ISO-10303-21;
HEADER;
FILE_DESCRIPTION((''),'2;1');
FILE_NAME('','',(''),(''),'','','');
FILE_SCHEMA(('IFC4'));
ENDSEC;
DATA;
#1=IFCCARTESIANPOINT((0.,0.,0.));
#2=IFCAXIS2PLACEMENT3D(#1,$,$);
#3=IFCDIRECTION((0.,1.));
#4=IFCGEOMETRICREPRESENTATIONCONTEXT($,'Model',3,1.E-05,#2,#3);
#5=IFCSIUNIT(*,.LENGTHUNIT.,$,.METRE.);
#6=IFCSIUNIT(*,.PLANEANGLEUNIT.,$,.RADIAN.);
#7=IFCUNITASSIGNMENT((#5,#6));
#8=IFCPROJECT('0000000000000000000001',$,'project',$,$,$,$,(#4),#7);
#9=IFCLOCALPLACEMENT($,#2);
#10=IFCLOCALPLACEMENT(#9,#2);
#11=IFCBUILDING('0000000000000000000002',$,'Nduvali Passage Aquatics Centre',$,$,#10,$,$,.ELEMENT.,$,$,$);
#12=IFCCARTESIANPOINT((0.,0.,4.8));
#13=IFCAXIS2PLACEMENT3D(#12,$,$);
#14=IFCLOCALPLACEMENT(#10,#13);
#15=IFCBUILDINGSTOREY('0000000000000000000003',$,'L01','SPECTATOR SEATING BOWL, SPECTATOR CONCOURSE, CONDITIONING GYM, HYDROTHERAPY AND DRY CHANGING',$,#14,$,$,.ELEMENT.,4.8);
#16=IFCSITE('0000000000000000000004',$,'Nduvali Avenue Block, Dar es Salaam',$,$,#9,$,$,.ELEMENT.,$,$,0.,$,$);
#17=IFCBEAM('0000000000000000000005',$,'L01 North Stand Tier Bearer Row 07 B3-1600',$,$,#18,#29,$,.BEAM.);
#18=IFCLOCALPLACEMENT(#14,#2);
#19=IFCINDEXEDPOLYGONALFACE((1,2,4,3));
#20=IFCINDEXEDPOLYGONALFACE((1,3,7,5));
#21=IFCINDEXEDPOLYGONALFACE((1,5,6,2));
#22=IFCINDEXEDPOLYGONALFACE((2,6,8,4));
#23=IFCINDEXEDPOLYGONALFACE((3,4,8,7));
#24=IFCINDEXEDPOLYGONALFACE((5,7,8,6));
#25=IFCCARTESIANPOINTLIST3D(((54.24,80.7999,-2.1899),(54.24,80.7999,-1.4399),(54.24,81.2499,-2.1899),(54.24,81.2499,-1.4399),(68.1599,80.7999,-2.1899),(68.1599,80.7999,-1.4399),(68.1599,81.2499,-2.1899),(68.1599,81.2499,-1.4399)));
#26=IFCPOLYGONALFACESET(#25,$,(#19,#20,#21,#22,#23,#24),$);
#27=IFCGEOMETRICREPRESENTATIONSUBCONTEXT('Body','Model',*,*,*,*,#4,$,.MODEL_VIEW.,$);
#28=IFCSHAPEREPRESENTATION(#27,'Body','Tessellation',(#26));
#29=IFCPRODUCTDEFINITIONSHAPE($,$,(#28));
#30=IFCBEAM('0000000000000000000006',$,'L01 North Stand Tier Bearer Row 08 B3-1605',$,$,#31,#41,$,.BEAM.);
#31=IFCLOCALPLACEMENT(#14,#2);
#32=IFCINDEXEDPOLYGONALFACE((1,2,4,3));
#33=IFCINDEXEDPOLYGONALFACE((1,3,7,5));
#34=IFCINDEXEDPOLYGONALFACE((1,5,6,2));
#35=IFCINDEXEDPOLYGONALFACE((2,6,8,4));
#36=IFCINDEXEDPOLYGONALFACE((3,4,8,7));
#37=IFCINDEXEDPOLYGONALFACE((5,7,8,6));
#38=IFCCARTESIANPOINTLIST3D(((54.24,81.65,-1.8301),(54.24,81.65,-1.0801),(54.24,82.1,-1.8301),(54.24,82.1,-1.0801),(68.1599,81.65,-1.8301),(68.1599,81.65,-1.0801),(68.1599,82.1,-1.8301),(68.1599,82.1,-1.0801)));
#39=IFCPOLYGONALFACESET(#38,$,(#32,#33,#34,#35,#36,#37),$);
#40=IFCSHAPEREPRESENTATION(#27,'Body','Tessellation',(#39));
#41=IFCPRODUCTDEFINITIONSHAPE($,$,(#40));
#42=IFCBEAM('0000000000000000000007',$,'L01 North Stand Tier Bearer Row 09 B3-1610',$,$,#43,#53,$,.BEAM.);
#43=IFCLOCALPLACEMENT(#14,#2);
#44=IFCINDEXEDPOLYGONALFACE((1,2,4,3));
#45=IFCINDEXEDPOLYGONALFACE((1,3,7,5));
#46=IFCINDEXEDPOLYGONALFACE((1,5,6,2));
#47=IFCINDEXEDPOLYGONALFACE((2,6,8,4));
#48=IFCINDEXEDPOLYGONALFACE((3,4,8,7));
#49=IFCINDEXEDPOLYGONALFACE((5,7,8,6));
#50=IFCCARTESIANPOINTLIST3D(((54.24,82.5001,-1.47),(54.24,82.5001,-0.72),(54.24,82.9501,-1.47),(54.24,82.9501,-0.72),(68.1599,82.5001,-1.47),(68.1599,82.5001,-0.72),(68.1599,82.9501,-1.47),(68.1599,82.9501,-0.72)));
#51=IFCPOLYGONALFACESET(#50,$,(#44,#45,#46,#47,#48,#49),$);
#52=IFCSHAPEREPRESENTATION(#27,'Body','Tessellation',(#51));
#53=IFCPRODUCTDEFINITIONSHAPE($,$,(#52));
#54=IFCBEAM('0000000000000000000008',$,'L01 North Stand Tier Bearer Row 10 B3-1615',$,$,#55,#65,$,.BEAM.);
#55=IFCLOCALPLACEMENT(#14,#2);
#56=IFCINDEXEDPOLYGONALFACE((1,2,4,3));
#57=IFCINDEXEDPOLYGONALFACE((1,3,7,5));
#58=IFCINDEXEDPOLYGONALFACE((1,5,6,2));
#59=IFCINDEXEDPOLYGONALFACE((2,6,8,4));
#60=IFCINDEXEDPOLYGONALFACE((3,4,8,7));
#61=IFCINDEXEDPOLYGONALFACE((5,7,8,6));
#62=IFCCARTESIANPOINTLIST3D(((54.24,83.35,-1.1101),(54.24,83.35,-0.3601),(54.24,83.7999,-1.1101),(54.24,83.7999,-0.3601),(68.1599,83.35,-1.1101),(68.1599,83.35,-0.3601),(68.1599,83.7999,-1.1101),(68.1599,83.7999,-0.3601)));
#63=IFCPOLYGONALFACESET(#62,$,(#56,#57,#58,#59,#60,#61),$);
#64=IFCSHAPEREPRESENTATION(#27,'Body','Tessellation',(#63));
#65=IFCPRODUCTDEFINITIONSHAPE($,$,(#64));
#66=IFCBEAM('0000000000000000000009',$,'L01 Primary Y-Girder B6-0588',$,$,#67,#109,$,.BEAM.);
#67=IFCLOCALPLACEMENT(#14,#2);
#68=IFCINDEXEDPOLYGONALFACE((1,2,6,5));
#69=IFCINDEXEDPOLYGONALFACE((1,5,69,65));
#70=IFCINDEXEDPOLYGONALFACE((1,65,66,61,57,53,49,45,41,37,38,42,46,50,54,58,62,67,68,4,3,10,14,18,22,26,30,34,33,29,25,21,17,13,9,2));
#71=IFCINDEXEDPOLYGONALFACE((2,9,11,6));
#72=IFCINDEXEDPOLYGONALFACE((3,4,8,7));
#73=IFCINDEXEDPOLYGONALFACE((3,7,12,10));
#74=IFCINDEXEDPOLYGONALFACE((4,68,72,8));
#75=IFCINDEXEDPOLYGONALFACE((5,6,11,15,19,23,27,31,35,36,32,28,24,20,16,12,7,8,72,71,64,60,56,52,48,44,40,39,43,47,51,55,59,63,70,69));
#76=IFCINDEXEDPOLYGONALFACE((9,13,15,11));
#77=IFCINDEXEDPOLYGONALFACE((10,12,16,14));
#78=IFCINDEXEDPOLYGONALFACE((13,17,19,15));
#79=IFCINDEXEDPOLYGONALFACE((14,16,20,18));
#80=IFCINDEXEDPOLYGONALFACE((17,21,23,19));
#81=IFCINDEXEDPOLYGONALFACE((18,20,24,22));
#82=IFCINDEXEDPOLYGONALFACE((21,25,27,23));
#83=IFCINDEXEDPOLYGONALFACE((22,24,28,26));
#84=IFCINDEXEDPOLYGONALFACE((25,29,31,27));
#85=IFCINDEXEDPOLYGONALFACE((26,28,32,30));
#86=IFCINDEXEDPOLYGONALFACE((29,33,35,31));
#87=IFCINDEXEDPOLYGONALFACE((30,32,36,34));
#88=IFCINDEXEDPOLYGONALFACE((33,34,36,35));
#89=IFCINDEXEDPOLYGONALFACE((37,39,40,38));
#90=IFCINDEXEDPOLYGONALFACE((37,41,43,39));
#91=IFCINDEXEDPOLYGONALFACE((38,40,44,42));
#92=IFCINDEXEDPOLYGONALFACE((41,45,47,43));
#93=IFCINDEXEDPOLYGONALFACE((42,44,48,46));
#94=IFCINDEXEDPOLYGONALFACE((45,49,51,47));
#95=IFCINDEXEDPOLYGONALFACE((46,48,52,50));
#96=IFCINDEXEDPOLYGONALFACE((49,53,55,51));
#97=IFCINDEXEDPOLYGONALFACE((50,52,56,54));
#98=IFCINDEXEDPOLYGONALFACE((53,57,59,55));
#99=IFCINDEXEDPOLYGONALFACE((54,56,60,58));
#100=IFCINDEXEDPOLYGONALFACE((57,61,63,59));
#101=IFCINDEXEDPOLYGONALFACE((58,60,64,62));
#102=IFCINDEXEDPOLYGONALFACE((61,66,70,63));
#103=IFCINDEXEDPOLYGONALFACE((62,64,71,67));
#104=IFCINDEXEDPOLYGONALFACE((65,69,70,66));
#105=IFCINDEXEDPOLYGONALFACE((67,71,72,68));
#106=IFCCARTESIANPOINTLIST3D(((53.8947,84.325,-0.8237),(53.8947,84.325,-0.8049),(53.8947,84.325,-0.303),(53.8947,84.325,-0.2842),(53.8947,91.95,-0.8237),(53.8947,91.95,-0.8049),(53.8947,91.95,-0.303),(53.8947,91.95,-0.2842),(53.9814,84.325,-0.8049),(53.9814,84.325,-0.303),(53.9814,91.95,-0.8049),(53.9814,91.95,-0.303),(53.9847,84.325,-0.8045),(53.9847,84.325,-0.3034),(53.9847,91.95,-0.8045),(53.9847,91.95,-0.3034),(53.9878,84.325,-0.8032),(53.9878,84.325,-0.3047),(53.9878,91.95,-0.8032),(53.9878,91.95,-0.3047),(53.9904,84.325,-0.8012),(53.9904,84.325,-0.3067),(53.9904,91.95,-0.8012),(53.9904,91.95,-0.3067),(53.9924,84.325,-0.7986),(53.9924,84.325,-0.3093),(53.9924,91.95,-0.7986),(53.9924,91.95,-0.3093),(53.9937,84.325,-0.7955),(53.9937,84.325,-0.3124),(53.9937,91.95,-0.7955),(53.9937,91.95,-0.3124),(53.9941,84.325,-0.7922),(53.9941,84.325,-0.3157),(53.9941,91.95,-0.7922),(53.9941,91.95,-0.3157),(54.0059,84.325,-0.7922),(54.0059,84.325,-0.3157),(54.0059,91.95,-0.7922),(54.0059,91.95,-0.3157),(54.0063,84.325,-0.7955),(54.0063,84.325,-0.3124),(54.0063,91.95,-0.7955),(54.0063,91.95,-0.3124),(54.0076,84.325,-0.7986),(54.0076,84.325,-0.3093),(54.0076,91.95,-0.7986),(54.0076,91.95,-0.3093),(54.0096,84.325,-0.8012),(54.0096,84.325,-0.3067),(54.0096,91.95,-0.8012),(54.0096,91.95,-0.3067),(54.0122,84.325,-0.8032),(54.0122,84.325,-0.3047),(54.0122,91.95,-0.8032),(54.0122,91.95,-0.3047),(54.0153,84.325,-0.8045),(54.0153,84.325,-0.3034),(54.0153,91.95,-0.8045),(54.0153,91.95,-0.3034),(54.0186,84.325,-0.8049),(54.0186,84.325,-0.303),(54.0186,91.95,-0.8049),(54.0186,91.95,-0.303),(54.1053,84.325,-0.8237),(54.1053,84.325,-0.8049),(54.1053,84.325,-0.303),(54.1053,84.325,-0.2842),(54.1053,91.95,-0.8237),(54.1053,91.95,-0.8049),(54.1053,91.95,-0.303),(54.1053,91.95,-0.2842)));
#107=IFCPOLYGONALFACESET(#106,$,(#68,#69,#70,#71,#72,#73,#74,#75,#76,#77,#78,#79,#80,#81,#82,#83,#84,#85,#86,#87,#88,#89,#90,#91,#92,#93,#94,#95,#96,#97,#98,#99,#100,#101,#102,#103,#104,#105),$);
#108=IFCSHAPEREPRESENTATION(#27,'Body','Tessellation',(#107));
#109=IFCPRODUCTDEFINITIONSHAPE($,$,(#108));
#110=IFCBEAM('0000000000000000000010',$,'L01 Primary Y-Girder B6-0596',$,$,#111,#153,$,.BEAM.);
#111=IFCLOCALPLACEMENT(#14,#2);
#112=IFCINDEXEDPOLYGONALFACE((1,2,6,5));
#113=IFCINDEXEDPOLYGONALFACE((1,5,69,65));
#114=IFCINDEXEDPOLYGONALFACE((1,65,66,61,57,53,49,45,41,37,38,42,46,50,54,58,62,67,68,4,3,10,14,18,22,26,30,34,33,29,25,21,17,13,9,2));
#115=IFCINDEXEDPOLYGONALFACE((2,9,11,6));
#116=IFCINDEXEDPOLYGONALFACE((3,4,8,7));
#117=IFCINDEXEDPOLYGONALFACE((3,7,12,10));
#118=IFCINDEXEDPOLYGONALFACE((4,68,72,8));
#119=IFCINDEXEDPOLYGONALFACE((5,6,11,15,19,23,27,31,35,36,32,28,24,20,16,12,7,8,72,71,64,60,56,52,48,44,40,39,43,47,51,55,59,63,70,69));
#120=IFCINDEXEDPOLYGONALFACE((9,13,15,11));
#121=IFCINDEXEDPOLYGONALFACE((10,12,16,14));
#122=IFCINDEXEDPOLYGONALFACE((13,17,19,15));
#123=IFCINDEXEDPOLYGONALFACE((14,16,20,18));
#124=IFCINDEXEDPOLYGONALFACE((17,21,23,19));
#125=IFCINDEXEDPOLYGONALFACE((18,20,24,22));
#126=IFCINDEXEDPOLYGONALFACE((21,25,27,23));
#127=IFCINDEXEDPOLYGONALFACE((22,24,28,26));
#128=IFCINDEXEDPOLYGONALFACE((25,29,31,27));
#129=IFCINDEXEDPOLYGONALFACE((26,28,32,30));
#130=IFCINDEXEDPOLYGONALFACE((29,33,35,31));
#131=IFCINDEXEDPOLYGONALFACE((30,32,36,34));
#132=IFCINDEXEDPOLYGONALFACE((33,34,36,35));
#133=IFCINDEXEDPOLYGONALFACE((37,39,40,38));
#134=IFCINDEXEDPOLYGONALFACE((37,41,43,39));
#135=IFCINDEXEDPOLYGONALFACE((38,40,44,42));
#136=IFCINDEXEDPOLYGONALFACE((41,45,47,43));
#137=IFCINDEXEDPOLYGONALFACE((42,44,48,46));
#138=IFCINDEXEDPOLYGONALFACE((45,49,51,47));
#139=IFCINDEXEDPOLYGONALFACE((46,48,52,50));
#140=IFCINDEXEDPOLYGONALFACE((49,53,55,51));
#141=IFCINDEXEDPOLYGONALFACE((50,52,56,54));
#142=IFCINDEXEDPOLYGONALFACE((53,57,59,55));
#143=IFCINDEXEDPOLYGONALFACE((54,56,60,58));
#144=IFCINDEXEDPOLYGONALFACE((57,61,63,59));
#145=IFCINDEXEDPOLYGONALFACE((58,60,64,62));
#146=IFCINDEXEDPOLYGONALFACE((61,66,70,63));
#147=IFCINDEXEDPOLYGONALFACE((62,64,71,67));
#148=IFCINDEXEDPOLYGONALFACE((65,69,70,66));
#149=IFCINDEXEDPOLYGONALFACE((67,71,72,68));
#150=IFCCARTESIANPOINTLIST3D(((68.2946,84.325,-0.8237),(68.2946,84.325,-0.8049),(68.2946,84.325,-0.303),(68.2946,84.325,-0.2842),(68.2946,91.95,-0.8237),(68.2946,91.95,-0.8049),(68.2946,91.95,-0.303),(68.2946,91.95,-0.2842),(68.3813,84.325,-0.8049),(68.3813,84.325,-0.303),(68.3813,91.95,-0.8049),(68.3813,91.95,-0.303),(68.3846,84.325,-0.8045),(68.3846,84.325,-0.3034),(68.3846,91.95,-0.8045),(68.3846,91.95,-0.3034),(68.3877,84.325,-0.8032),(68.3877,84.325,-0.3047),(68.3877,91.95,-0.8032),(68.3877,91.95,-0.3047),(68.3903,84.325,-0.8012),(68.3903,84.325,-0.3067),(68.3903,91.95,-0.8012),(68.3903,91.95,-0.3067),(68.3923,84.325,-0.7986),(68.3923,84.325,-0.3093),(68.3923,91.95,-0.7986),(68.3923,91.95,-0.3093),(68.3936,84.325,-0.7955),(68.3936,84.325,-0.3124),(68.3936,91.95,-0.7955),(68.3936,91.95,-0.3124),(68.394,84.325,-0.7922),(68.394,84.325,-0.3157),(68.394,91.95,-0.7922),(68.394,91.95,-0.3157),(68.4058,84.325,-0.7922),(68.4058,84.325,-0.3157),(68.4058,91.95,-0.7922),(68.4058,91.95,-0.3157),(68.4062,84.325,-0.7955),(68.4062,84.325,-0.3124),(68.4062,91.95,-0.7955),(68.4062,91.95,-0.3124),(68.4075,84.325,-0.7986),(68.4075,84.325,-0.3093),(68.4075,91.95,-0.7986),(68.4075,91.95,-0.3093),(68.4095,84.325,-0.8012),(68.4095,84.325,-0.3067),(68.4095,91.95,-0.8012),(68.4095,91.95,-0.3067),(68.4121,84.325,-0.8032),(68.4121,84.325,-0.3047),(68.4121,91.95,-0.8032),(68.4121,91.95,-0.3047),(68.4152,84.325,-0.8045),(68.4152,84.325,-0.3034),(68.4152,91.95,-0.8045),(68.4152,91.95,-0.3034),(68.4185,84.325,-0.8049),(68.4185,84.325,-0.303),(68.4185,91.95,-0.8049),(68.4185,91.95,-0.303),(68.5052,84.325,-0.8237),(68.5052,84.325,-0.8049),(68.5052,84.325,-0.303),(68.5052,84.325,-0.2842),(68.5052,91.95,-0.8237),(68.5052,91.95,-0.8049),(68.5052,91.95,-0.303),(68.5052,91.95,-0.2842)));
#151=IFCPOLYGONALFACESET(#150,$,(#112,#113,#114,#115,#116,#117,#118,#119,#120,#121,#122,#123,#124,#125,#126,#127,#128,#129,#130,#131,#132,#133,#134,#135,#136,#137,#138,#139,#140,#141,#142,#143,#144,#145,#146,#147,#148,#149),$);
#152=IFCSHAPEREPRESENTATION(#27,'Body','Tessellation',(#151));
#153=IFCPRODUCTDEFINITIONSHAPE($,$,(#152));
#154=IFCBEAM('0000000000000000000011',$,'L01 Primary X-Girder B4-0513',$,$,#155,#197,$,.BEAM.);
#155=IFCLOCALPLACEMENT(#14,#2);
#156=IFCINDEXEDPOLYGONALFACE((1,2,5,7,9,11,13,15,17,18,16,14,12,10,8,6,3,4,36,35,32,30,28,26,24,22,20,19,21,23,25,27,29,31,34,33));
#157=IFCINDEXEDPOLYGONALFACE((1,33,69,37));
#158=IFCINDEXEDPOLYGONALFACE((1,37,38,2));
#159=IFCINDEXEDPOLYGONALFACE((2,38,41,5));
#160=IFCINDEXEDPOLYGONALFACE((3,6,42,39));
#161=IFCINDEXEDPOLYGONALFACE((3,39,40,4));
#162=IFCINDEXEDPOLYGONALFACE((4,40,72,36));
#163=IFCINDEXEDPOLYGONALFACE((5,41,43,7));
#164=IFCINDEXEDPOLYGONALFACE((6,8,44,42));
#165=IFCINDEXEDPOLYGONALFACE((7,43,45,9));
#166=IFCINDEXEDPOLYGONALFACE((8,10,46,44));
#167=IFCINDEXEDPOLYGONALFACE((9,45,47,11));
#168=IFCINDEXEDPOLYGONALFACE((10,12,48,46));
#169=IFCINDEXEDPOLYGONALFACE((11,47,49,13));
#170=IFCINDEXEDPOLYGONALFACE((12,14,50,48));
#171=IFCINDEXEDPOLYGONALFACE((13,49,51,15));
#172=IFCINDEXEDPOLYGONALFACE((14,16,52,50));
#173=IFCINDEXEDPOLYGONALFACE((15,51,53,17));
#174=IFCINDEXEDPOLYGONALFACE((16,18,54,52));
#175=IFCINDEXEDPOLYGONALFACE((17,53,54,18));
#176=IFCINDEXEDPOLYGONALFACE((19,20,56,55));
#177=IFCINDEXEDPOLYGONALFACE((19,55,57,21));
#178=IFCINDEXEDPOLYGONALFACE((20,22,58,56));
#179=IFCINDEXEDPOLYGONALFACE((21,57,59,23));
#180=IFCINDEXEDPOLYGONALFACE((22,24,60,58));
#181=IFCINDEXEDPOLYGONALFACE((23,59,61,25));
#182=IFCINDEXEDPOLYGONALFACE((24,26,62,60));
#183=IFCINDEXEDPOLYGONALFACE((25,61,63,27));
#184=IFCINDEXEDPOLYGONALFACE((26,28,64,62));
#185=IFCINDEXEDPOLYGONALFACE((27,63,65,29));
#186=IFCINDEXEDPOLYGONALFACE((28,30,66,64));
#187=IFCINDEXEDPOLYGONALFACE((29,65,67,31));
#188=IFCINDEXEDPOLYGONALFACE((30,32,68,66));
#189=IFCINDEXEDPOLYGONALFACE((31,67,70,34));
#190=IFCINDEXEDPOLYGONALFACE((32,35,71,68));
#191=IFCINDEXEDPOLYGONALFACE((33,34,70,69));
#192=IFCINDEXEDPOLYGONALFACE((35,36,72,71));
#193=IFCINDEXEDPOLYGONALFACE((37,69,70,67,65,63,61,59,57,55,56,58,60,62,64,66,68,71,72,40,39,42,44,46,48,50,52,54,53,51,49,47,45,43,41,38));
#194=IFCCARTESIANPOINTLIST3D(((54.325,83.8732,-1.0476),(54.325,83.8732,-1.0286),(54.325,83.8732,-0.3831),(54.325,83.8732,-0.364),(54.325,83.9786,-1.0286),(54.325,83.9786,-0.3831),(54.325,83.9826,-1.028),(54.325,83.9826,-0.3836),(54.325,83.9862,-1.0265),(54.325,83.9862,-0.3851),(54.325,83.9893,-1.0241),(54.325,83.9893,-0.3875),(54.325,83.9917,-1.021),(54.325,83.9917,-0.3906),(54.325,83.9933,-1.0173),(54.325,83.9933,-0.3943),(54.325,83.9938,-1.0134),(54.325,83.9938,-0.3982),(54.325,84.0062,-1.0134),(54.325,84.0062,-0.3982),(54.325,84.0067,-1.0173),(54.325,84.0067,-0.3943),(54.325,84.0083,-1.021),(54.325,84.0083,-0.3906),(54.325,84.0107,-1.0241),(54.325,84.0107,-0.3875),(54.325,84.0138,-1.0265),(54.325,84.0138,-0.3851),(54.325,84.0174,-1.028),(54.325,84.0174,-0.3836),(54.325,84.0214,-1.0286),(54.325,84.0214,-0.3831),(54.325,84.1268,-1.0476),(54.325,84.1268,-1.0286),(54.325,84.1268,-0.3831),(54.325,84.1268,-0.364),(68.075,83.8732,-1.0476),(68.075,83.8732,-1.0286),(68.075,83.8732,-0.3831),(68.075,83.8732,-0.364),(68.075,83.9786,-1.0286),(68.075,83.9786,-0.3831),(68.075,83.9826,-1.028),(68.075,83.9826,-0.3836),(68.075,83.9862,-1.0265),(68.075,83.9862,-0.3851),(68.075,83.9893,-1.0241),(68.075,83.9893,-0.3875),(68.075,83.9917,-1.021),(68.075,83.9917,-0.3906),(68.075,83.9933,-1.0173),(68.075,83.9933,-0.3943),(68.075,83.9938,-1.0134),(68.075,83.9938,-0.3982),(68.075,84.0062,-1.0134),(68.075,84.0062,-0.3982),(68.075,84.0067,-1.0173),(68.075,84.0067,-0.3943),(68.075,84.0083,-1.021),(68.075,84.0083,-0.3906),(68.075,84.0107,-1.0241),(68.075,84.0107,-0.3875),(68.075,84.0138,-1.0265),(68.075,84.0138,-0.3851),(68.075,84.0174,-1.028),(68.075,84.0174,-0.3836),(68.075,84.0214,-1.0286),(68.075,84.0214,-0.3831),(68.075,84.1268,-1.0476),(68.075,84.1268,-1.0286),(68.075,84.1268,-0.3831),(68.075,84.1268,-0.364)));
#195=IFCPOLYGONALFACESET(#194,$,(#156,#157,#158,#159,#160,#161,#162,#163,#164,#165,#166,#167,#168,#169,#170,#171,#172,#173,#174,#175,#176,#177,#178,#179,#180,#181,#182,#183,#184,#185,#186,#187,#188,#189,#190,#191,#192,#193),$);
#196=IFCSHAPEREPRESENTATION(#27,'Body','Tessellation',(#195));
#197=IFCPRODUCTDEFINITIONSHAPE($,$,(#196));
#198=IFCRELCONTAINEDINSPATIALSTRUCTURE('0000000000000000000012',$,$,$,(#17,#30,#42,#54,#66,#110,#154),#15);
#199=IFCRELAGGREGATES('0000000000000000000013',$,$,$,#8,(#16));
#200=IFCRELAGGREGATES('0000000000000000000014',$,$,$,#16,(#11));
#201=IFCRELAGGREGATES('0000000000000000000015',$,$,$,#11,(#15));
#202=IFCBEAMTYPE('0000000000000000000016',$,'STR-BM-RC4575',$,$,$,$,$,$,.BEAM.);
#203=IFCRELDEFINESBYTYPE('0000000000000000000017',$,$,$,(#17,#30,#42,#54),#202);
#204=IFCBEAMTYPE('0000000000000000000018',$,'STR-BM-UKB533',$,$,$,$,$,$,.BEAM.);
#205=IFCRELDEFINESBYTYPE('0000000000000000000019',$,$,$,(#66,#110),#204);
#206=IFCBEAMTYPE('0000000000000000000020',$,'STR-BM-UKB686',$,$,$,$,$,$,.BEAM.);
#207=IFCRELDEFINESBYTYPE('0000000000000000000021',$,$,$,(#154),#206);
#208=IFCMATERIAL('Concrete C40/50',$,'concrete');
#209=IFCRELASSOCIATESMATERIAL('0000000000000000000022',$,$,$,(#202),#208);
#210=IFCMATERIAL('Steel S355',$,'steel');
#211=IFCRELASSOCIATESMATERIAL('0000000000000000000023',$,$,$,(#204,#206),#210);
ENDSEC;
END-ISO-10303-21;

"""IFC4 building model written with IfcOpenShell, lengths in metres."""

from ifc_helpers import new_model, si_unit, direction, frame, origin, origin_2d, place, context, subcontext, project, spatial, rectangle, i_section, extrude, material, material_profile, profile_set, type_object, element, save


model = new_model("IFC4")

# Units and contexts
model_context = context("Model", 3, precision=1e-05, world=origin(), true_north=direction((0.0, 1.0)))
body_context = subcontext(model_context, "Body", "Model", "MODEL_VIEW")
ifc_project = project(units=[si_unit("LENGTHUNIT", "METRE"), si_unit("PLANEANGLEUNIT", "RADIAN")], contexts=[model_context])

# Site, building, storey
site_placement = place(None, origin())
site = spatial("IfcSite", under=ifc_project, at=site_placement, Name="Nduvali Avenue Block, Dar es Salaam", CompositionType="ELEMENT", RefElevation=0.0)
building_placement = place(site_placement, origin())
building = spatial("IfcBuilding", under=site, at=building_placement, Name="Nduvali Passage Aquatics Centre", CompositionType="ELEMENT")
storey_placement = place(building_placement, frame((0.0, 0.0, 4.8)))
storey = spatial("IfcBuildingStorey", under=building, at=storey_placement, Name="L01", Description="SPECTATOR SEATING BOWL, SPECTATOR CONCOURSE, CONDITIONING GYM, HYDROTHERAPY AND DRY CHANGING", CompositionType="ELEMENT", Elevation=4.8)

# Shared definitions
ifc_material_1 = material(Name="Concrete C40/50", Category="concrete")
ifc_material_2 = material(Name="Steel S355", Category="steel")

# Beams
ifc_material_profile_1 = material_profile(ifc_material_1, rectangle(XDim=0.45, YDim=0.75, at=origin_2d()), Name="RC 450x750")
ifc_profile_set_1 = profile_set([ifc_material_profile_1], Name="Concrete C40/50")
beam_type_1 = type_object("IfcBeamType", Name="STR-BM-RC4575", PredefinedType="BEAM", material=ifc_profile_set_1)
for number, where, z_axis, x_axis, name in (
    (1, (54.24, 81.0249, -1.8149), (1.0, 0.0, 0.0), (0.0, 1.0, 0.0), "L01 North Stand Tier Bearer Row 07 B3-1600"),
    (2, (54.24, 81.875, -1.4551), (1.0, 0.0, 0.0), (0.0, 1.0, 0.0), "L01 North Stand Tier Bearer Row 08 B3-1605"),
    (3, (54.24, 82.7251, -1.095), (1.0, 0.0, 0.0), (0.0, 1.0, 0.0), "L01 North Stand Tier Bearer Row 09 B3-1610"),
    (4, (54.24, 83.575, -0.7351), (1.0, 0.0, 0.0), (0.0, 1.0, 0.0), "L01 North Stand Tier Bearer Row 10 B3-1615"),
):
    element("IfcBeam", number, at=place(storey_placement, frame(where, z_axis=z_axis, x_axis=x_axis)), inside=storey, type_object=beam_type_1, Name=name, PredefinedType="BEAM", context=body_context, shape_type="SweptSolid", body=[
        extrude(rectangle(XDim=0.45, YDim=0.75, at=origin_2d()), origin(), (0.0, 0.0, 1.0), 13.9199),
    ])
ifc_material_profile_2 = material_profile(ifc_material_2, i_section(OverallWidth=0.2107, OverallDepth=0.5396, WebThickness=0.0117, FlangeThickness=0.0188, FilletRadius=0.0127, at=origin_2d()), Name="UKB 533x210x109")
ifc_profile_set_2 = profile_set([ifc_material_profile_2], Name="Steel S355")
beam_type_2 = type_object("IfcBeamType", Name="STR-BM-UKB533", PredefinedType="BEAM", material=ifc_profile_set_2)
for number, where, z_axis, x_axis, name in (
    (5, (54.0, 84.325, -0.554), (0.0, 1.0, 0.0), (-1.0, 0.0, 0.0), "L01 Primary Y-Girder B6-0588"),
    (6, (68.3999, 84.325, -0.554), (0.0, 1.0, 0.0), (-1.0, 0.0, 0.0), "L01 Primary Y-Girder B6-0596"),
):
    element("IfcBeam", number, at=place(storey_placement, frame(where, z_axis=z_axis, x_axis=x_axis)), inside=storey, type_object=beam_type_2, Name=name, PredefinedType="BEAM", context=body_context, shape_type="SweptSolid", body=[
        extrude(i_section(OverallWidth=0.2107, OverallDepth=0.5396, WebThickness=0.0117, FlangeThickness=0.0188, FilletRadius=0.0127, at=origin_2d()), origin(), (0.0, 0.0, 1.0), 7.625),
    ])
ifc_material_profile_3 = material_profile(ifc_material_2, i_section(OverallWidth=0.2537, OverallDepth=0.6836, WebThickness=0.0125, FlangeThickness=0.019, FilletRadius=0.0151, at=origin_2d()), Name="UKB 686x254x140")
ifc_profile_set_3 = profile_set([ifc_material_profile_3], Name="Steel S355")
beam_type_3 = type_object("IfcBeamType", Name="STR-BM-UKB686", PredefinedType="BEAM", material=ifc_profile_set_3)
beam_1_placement = place(storey_placement, frame((54.325, 84.0, -0.7058), z_axis=(1.0, 0.0, 0.0), x_axis=(0.0, 1.0, 0.0)))
element("IfcBeam", 7, at=beam_1_placement, inside=storey, type_object=beam_type_3, Name="L01 Primary X-Girder B4-0513", PredefinedType="BEAM", context=body_context, shape_type="SweptSolid", body=[
    extrude(i_section(OverallWidth=0.2537, OverallDepth=0.6836, WebThickness=0.0125, FlangeThickness=0.019, FilletRadius=0.0151, at=origin_2d()), origin(), (0.0, 0.0, 1.0), 13.75),
])

save(model, "model.ifc")
